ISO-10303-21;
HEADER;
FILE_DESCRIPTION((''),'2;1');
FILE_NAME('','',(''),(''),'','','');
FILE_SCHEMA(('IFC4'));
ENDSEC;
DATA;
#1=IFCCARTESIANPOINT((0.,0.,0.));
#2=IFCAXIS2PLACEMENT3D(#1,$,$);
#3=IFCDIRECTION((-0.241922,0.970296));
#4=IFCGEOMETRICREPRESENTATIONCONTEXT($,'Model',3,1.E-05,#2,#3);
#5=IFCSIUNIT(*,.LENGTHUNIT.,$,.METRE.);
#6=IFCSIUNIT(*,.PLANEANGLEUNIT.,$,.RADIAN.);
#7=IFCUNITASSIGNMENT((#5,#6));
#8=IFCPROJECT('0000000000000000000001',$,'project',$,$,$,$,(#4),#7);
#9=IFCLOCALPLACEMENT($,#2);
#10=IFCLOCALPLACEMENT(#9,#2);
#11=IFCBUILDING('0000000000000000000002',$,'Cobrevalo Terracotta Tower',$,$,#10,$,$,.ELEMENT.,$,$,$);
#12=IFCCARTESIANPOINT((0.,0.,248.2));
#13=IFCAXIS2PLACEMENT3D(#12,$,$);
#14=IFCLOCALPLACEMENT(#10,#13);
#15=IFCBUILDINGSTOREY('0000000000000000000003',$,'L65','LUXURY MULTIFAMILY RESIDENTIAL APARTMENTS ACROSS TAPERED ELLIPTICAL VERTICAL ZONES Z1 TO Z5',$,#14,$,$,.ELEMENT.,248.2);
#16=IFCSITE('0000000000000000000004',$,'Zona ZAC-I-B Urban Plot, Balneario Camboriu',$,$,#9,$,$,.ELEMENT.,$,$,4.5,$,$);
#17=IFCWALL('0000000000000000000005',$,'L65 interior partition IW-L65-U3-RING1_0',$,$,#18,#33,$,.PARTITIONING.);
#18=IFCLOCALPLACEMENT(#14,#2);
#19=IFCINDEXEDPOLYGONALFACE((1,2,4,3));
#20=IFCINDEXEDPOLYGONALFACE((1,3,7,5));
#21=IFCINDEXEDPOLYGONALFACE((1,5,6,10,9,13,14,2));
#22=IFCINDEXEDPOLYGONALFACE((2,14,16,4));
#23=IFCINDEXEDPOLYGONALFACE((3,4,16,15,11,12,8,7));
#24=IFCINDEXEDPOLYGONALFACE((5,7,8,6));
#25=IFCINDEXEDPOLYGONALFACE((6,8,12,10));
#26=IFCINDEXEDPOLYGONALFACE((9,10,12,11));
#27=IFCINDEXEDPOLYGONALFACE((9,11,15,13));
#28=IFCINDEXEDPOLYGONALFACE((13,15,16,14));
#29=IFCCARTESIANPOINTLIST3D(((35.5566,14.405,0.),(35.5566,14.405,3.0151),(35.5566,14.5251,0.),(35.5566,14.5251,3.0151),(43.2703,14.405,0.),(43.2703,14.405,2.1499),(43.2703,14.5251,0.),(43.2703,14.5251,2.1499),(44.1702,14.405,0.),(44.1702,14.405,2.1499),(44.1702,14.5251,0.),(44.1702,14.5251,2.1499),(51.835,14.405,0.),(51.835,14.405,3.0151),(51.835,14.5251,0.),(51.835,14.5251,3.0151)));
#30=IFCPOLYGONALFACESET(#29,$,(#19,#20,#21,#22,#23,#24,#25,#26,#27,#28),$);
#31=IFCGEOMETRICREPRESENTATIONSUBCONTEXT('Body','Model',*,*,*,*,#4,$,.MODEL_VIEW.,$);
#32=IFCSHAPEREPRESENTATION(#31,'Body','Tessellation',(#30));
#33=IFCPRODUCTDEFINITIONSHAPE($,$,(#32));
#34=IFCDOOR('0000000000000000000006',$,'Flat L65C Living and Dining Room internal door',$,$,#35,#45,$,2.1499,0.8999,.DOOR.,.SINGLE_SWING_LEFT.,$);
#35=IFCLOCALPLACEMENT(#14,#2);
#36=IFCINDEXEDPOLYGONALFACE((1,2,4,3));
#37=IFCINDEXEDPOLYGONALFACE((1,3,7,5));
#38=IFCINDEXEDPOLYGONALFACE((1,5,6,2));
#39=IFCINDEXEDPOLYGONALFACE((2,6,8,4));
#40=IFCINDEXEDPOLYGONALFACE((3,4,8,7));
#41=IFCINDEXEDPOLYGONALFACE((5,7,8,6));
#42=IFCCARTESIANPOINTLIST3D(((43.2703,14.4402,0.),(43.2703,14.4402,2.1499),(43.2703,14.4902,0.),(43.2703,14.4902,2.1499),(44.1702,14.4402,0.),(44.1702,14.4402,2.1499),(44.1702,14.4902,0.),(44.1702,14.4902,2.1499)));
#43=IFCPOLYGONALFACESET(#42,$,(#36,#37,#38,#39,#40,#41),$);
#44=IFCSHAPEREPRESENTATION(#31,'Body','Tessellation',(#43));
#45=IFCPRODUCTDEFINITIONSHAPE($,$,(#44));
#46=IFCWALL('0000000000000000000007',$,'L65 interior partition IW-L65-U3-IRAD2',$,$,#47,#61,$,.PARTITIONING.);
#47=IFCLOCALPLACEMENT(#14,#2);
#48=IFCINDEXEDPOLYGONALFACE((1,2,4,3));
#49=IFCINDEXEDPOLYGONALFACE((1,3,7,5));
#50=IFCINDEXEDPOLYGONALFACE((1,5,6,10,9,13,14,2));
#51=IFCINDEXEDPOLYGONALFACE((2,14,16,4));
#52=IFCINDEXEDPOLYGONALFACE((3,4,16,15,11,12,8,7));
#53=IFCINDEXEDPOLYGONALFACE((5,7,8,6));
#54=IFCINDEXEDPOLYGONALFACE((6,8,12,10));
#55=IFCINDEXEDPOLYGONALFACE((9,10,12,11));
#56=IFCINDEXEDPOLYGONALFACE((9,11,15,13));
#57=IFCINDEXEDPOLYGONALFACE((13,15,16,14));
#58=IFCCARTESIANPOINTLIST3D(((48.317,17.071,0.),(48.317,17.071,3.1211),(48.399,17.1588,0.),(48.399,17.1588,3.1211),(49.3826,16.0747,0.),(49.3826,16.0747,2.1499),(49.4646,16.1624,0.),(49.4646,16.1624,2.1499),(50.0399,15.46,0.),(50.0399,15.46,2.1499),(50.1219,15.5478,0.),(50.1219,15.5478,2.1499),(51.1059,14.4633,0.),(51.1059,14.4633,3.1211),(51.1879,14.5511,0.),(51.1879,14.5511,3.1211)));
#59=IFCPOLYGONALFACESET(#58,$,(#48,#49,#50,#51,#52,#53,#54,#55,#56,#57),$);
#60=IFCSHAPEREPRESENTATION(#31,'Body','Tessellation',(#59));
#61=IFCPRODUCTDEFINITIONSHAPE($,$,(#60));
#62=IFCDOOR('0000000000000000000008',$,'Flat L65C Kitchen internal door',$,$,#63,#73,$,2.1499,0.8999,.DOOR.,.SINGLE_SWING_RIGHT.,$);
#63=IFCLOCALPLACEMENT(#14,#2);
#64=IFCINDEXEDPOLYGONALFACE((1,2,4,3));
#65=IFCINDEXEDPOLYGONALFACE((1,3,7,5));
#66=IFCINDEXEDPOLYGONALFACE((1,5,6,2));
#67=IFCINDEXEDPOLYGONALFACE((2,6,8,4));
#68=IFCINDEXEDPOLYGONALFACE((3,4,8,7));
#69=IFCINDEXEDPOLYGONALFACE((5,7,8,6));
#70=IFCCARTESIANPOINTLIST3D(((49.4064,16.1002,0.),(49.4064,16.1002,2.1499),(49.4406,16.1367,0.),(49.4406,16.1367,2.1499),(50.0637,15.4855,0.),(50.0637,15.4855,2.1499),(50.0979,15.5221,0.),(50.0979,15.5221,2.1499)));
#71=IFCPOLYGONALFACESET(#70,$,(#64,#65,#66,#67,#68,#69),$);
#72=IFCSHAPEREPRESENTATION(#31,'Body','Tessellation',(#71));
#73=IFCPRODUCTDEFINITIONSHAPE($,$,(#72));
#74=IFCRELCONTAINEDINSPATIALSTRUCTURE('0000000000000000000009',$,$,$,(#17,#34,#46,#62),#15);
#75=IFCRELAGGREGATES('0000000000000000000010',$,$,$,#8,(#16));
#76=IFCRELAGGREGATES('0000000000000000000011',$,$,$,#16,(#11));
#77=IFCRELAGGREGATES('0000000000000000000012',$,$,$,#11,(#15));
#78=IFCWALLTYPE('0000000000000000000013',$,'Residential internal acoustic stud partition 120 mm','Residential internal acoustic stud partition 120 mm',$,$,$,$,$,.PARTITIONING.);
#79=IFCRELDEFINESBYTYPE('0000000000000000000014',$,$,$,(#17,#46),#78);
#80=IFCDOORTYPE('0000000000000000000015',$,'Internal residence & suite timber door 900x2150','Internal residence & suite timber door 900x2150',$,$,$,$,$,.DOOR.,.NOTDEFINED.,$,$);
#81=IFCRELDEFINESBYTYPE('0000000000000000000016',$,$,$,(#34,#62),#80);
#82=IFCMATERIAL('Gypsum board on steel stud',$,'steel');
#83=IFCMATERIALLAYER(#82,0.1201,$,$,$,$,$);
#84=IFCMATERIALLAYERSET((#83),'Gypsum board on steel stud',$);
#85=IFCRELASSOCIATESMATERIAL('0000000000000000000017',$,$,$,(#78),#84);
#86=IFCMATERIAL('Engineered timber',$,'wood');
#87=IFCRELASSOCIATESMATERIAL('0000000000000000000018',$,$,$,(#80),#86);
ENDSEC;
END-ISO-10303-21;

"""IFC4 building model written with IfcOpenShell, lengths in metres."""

from ifc_helpers import new_model, si_unit, direction, frame, frame_2d, origin, place, context, subcontext, project, spatial, rectangle, extrude, source, transform, mapped, material, layer, layer_set, type_object, element, fill, save


model = new_model("IFC4")

# Units and contexts
model_context = context("Model", 3, precision=1e-05, world=origin(), true_north=direction((-0.241922, 0.970296)))
body_context = subcontext(model_context, "Body", "Model", "MODEL_VIEW")
ifc_project = project(units=[si_unit("LENGTHUNIT", "METRE"), si_unit("PLANEANGLEUNIT", "RADIAN")], contexts=[model_context])

# Site, building, storey
site_placement = place(None, origin())
site = spatial("IfcSite", under=ifc_project, at=site_placement, Name="Zona ZAC-I-B Urban Plot, Balneario Camboriu", CompositionType="ELEMENT", RefElevation=4.5)
building_placement = place(site_placement, origin())
building = spatial("IfcBuilding", under=site, at=building_placement, Name="Cobrevalo Terracotta Tower", CompositionType="ELEMENT")
storey_placement = place(building_placement, frame((0.0, 0.0, 248.2)))
storey = spatial("IfcBuildingStorey", under=building, at=storey_placement, Name="L65", Description="LUXURY MULTIFAMILY RESIDENTIAL APARTMENTS ACROSS TAPERED ELLIPTICAL VERTICAL ZONES Z1 TO Z5", CompositionType="ELEMENT", Elevation=248.2)

# Shared definitions
ifc_material_1 = material(Name="Gypsum board on steel stud", Category="steel")

# Walls, openings, doors
ifc_layer_1 = layer(ifc_material_1, 0.1201)
ifc_layer_set_1 = layer_set([ifc_layer_1], Name="Gypsum board on steel stud")
wall_type_1 = type_object("IfcWallType", Name="Residential internal acoustic stud partition 120 mm", Description="Residential internal acoustic stud partition 120 mm", PredefinedType="PARTITIONING", material=ifc_layer_set_1)
wall_1_placement = place(storey_placement, frame((51.835, 14.4651, 0.0), z_axis=(0.0, 0.0, 1.0), x_axis=(-1.0, 0.0, 0.0)))
wall_1 = element("IfcWall", 1, at=wall_1_placement, inside=storey, type_object=wall_type_1, Name="L65 interior partition IW-L65-U3-RING1_0", PredefinedType="PARTITIONING", context=body_context, shape_type="SweptSolid", body=[
    extrude(rectangle(XDim=16.2783, YDim=0.1201, at=frame_2d((8.1392, 0.0))), origin(), (0.0, 0.0, 1.0), 3.0151),
])
opening_1_placement = place(wall_1_placement, frame((7.6648, 0.0, 0.0)))
opening_1 = element("IfcOpeningElement", 2, at=opening_1_placement, cuts=wall_1, PredefinedType="OPENING", context=body_context, shape_type="SweptSolid", body=[
    extrude(rectangle(XDim=0.8999, YDim=2.1499, at=frame_2d((0.45, 1.075))), frame((0.0, 0.0701, 0.0), z_axis=(0.0, -1.0, 0.0), x_axis=(1.0, 0.0, 0.0)), (0.0, 0.0, 1.0), 0.1401),
])
ifc_material_2 = material(Name="Engineered timber", Category="wood")
door_type = type_object("IfcDoorType", Name="Internal residence & suite timber door 900x2150", Description="Internal residence & suite timber door 900x2150", OperationType="NOTDEFINED", PredefinedType="DOOR", material=ifc_material_2)
shared_shape_1 = source(origin(), body_context, "Body", "SweptSolid", [
    extrude(rectangle(XDim=0.8999, YDim=2.1499, at=frame_2d((0.45, 1.075))), frame((0.0, 0.0249, 0.0), z_axis=(0.0, -1.0, 0.0), x_axis=(1.0, 0.0, 0.0)), (0.0, 0.0, 1.0), 0.05),
])
door_1_placement = place(opening_1_placement, origin())
door_1 = element("IfcDoor", 3, at=door_1_placement, inside=storey, type_object=door_type, Name="Flat L65C Living and Dining Room internal door", OperationType="SINGLE_SWING_LEFT", OverallHeight=2.1499, OverallWidth=0.8999, PredefinedType="DOOR", context=body_context, shape_type="MappedRepresentation", body=[
    mapped(shared_shape_1, transform((0.0, 0.0, 0.0), scale=1.0)),
])
fill(opening_1, door_1)
wall_2_placement = place(storey_placement, frame((48.3579, 17.115, 0.0), z_axis=(0.0, 0.0, 1.0), x_axis=(0.730432, -0.682986, 0.0)))
wall_2 = element("IfcWall", 4, at=wall_2_placement, inside=storey, type_object=wall_type_1, Name="L65 interior partition IW-L65-U3-IRAD2", PredefinedType="PARTITIONING", context=body_context, shape_type="SweptSolid", body=[
    extrude(rectangle(XDim=3.8181, YDim=0.1201, at=frame_2d((1.9092, 0.0))), origin(), (0.0, 0.0, 1.0), 3.1211),
])
opening_2_placement = place(wall_2_placement, frame((1.459, 0.0, 0.0)))
opening_2 = element("IfcOpeningElement", 5, at=opening_2_placement, cuts=wall_2, PredefinedType="OPENING", context=body_context, shape_type="SweptSolid", body=[
    extrude(rectangle(XDim=0.8999, YDim=2.1499, at=frame_2d((0.45, 1.075))), frame((0.0, 0.0701, 0.0), z_axis=(0.0, -1.0, 0.0), x_axis=(1.0, 0.0, 0.0)), (0.0, 0.0, 1.0), 0.1401),
])
door_2_placement = place(opening_2_placement, origin())
door_2 = element("IfcDoor", 6, at=door_2_placement, inside=storey, type_object=door_type, Name="Flat L65C Kitchen internal door", OperationType="SINGLE_SWING_RIGHT", OverallHeight=2.1499, OverallWidth=0.8999, PredefinedType="DOOR", context=body_context, shape_type="MappedRepresentation", body=[
    mapped(shared_shape_1, transform((0.0, 0.0, 0.0), scale=1.0)),
])
fill(opening_2, door_2)

save(model, "model.ifc")
